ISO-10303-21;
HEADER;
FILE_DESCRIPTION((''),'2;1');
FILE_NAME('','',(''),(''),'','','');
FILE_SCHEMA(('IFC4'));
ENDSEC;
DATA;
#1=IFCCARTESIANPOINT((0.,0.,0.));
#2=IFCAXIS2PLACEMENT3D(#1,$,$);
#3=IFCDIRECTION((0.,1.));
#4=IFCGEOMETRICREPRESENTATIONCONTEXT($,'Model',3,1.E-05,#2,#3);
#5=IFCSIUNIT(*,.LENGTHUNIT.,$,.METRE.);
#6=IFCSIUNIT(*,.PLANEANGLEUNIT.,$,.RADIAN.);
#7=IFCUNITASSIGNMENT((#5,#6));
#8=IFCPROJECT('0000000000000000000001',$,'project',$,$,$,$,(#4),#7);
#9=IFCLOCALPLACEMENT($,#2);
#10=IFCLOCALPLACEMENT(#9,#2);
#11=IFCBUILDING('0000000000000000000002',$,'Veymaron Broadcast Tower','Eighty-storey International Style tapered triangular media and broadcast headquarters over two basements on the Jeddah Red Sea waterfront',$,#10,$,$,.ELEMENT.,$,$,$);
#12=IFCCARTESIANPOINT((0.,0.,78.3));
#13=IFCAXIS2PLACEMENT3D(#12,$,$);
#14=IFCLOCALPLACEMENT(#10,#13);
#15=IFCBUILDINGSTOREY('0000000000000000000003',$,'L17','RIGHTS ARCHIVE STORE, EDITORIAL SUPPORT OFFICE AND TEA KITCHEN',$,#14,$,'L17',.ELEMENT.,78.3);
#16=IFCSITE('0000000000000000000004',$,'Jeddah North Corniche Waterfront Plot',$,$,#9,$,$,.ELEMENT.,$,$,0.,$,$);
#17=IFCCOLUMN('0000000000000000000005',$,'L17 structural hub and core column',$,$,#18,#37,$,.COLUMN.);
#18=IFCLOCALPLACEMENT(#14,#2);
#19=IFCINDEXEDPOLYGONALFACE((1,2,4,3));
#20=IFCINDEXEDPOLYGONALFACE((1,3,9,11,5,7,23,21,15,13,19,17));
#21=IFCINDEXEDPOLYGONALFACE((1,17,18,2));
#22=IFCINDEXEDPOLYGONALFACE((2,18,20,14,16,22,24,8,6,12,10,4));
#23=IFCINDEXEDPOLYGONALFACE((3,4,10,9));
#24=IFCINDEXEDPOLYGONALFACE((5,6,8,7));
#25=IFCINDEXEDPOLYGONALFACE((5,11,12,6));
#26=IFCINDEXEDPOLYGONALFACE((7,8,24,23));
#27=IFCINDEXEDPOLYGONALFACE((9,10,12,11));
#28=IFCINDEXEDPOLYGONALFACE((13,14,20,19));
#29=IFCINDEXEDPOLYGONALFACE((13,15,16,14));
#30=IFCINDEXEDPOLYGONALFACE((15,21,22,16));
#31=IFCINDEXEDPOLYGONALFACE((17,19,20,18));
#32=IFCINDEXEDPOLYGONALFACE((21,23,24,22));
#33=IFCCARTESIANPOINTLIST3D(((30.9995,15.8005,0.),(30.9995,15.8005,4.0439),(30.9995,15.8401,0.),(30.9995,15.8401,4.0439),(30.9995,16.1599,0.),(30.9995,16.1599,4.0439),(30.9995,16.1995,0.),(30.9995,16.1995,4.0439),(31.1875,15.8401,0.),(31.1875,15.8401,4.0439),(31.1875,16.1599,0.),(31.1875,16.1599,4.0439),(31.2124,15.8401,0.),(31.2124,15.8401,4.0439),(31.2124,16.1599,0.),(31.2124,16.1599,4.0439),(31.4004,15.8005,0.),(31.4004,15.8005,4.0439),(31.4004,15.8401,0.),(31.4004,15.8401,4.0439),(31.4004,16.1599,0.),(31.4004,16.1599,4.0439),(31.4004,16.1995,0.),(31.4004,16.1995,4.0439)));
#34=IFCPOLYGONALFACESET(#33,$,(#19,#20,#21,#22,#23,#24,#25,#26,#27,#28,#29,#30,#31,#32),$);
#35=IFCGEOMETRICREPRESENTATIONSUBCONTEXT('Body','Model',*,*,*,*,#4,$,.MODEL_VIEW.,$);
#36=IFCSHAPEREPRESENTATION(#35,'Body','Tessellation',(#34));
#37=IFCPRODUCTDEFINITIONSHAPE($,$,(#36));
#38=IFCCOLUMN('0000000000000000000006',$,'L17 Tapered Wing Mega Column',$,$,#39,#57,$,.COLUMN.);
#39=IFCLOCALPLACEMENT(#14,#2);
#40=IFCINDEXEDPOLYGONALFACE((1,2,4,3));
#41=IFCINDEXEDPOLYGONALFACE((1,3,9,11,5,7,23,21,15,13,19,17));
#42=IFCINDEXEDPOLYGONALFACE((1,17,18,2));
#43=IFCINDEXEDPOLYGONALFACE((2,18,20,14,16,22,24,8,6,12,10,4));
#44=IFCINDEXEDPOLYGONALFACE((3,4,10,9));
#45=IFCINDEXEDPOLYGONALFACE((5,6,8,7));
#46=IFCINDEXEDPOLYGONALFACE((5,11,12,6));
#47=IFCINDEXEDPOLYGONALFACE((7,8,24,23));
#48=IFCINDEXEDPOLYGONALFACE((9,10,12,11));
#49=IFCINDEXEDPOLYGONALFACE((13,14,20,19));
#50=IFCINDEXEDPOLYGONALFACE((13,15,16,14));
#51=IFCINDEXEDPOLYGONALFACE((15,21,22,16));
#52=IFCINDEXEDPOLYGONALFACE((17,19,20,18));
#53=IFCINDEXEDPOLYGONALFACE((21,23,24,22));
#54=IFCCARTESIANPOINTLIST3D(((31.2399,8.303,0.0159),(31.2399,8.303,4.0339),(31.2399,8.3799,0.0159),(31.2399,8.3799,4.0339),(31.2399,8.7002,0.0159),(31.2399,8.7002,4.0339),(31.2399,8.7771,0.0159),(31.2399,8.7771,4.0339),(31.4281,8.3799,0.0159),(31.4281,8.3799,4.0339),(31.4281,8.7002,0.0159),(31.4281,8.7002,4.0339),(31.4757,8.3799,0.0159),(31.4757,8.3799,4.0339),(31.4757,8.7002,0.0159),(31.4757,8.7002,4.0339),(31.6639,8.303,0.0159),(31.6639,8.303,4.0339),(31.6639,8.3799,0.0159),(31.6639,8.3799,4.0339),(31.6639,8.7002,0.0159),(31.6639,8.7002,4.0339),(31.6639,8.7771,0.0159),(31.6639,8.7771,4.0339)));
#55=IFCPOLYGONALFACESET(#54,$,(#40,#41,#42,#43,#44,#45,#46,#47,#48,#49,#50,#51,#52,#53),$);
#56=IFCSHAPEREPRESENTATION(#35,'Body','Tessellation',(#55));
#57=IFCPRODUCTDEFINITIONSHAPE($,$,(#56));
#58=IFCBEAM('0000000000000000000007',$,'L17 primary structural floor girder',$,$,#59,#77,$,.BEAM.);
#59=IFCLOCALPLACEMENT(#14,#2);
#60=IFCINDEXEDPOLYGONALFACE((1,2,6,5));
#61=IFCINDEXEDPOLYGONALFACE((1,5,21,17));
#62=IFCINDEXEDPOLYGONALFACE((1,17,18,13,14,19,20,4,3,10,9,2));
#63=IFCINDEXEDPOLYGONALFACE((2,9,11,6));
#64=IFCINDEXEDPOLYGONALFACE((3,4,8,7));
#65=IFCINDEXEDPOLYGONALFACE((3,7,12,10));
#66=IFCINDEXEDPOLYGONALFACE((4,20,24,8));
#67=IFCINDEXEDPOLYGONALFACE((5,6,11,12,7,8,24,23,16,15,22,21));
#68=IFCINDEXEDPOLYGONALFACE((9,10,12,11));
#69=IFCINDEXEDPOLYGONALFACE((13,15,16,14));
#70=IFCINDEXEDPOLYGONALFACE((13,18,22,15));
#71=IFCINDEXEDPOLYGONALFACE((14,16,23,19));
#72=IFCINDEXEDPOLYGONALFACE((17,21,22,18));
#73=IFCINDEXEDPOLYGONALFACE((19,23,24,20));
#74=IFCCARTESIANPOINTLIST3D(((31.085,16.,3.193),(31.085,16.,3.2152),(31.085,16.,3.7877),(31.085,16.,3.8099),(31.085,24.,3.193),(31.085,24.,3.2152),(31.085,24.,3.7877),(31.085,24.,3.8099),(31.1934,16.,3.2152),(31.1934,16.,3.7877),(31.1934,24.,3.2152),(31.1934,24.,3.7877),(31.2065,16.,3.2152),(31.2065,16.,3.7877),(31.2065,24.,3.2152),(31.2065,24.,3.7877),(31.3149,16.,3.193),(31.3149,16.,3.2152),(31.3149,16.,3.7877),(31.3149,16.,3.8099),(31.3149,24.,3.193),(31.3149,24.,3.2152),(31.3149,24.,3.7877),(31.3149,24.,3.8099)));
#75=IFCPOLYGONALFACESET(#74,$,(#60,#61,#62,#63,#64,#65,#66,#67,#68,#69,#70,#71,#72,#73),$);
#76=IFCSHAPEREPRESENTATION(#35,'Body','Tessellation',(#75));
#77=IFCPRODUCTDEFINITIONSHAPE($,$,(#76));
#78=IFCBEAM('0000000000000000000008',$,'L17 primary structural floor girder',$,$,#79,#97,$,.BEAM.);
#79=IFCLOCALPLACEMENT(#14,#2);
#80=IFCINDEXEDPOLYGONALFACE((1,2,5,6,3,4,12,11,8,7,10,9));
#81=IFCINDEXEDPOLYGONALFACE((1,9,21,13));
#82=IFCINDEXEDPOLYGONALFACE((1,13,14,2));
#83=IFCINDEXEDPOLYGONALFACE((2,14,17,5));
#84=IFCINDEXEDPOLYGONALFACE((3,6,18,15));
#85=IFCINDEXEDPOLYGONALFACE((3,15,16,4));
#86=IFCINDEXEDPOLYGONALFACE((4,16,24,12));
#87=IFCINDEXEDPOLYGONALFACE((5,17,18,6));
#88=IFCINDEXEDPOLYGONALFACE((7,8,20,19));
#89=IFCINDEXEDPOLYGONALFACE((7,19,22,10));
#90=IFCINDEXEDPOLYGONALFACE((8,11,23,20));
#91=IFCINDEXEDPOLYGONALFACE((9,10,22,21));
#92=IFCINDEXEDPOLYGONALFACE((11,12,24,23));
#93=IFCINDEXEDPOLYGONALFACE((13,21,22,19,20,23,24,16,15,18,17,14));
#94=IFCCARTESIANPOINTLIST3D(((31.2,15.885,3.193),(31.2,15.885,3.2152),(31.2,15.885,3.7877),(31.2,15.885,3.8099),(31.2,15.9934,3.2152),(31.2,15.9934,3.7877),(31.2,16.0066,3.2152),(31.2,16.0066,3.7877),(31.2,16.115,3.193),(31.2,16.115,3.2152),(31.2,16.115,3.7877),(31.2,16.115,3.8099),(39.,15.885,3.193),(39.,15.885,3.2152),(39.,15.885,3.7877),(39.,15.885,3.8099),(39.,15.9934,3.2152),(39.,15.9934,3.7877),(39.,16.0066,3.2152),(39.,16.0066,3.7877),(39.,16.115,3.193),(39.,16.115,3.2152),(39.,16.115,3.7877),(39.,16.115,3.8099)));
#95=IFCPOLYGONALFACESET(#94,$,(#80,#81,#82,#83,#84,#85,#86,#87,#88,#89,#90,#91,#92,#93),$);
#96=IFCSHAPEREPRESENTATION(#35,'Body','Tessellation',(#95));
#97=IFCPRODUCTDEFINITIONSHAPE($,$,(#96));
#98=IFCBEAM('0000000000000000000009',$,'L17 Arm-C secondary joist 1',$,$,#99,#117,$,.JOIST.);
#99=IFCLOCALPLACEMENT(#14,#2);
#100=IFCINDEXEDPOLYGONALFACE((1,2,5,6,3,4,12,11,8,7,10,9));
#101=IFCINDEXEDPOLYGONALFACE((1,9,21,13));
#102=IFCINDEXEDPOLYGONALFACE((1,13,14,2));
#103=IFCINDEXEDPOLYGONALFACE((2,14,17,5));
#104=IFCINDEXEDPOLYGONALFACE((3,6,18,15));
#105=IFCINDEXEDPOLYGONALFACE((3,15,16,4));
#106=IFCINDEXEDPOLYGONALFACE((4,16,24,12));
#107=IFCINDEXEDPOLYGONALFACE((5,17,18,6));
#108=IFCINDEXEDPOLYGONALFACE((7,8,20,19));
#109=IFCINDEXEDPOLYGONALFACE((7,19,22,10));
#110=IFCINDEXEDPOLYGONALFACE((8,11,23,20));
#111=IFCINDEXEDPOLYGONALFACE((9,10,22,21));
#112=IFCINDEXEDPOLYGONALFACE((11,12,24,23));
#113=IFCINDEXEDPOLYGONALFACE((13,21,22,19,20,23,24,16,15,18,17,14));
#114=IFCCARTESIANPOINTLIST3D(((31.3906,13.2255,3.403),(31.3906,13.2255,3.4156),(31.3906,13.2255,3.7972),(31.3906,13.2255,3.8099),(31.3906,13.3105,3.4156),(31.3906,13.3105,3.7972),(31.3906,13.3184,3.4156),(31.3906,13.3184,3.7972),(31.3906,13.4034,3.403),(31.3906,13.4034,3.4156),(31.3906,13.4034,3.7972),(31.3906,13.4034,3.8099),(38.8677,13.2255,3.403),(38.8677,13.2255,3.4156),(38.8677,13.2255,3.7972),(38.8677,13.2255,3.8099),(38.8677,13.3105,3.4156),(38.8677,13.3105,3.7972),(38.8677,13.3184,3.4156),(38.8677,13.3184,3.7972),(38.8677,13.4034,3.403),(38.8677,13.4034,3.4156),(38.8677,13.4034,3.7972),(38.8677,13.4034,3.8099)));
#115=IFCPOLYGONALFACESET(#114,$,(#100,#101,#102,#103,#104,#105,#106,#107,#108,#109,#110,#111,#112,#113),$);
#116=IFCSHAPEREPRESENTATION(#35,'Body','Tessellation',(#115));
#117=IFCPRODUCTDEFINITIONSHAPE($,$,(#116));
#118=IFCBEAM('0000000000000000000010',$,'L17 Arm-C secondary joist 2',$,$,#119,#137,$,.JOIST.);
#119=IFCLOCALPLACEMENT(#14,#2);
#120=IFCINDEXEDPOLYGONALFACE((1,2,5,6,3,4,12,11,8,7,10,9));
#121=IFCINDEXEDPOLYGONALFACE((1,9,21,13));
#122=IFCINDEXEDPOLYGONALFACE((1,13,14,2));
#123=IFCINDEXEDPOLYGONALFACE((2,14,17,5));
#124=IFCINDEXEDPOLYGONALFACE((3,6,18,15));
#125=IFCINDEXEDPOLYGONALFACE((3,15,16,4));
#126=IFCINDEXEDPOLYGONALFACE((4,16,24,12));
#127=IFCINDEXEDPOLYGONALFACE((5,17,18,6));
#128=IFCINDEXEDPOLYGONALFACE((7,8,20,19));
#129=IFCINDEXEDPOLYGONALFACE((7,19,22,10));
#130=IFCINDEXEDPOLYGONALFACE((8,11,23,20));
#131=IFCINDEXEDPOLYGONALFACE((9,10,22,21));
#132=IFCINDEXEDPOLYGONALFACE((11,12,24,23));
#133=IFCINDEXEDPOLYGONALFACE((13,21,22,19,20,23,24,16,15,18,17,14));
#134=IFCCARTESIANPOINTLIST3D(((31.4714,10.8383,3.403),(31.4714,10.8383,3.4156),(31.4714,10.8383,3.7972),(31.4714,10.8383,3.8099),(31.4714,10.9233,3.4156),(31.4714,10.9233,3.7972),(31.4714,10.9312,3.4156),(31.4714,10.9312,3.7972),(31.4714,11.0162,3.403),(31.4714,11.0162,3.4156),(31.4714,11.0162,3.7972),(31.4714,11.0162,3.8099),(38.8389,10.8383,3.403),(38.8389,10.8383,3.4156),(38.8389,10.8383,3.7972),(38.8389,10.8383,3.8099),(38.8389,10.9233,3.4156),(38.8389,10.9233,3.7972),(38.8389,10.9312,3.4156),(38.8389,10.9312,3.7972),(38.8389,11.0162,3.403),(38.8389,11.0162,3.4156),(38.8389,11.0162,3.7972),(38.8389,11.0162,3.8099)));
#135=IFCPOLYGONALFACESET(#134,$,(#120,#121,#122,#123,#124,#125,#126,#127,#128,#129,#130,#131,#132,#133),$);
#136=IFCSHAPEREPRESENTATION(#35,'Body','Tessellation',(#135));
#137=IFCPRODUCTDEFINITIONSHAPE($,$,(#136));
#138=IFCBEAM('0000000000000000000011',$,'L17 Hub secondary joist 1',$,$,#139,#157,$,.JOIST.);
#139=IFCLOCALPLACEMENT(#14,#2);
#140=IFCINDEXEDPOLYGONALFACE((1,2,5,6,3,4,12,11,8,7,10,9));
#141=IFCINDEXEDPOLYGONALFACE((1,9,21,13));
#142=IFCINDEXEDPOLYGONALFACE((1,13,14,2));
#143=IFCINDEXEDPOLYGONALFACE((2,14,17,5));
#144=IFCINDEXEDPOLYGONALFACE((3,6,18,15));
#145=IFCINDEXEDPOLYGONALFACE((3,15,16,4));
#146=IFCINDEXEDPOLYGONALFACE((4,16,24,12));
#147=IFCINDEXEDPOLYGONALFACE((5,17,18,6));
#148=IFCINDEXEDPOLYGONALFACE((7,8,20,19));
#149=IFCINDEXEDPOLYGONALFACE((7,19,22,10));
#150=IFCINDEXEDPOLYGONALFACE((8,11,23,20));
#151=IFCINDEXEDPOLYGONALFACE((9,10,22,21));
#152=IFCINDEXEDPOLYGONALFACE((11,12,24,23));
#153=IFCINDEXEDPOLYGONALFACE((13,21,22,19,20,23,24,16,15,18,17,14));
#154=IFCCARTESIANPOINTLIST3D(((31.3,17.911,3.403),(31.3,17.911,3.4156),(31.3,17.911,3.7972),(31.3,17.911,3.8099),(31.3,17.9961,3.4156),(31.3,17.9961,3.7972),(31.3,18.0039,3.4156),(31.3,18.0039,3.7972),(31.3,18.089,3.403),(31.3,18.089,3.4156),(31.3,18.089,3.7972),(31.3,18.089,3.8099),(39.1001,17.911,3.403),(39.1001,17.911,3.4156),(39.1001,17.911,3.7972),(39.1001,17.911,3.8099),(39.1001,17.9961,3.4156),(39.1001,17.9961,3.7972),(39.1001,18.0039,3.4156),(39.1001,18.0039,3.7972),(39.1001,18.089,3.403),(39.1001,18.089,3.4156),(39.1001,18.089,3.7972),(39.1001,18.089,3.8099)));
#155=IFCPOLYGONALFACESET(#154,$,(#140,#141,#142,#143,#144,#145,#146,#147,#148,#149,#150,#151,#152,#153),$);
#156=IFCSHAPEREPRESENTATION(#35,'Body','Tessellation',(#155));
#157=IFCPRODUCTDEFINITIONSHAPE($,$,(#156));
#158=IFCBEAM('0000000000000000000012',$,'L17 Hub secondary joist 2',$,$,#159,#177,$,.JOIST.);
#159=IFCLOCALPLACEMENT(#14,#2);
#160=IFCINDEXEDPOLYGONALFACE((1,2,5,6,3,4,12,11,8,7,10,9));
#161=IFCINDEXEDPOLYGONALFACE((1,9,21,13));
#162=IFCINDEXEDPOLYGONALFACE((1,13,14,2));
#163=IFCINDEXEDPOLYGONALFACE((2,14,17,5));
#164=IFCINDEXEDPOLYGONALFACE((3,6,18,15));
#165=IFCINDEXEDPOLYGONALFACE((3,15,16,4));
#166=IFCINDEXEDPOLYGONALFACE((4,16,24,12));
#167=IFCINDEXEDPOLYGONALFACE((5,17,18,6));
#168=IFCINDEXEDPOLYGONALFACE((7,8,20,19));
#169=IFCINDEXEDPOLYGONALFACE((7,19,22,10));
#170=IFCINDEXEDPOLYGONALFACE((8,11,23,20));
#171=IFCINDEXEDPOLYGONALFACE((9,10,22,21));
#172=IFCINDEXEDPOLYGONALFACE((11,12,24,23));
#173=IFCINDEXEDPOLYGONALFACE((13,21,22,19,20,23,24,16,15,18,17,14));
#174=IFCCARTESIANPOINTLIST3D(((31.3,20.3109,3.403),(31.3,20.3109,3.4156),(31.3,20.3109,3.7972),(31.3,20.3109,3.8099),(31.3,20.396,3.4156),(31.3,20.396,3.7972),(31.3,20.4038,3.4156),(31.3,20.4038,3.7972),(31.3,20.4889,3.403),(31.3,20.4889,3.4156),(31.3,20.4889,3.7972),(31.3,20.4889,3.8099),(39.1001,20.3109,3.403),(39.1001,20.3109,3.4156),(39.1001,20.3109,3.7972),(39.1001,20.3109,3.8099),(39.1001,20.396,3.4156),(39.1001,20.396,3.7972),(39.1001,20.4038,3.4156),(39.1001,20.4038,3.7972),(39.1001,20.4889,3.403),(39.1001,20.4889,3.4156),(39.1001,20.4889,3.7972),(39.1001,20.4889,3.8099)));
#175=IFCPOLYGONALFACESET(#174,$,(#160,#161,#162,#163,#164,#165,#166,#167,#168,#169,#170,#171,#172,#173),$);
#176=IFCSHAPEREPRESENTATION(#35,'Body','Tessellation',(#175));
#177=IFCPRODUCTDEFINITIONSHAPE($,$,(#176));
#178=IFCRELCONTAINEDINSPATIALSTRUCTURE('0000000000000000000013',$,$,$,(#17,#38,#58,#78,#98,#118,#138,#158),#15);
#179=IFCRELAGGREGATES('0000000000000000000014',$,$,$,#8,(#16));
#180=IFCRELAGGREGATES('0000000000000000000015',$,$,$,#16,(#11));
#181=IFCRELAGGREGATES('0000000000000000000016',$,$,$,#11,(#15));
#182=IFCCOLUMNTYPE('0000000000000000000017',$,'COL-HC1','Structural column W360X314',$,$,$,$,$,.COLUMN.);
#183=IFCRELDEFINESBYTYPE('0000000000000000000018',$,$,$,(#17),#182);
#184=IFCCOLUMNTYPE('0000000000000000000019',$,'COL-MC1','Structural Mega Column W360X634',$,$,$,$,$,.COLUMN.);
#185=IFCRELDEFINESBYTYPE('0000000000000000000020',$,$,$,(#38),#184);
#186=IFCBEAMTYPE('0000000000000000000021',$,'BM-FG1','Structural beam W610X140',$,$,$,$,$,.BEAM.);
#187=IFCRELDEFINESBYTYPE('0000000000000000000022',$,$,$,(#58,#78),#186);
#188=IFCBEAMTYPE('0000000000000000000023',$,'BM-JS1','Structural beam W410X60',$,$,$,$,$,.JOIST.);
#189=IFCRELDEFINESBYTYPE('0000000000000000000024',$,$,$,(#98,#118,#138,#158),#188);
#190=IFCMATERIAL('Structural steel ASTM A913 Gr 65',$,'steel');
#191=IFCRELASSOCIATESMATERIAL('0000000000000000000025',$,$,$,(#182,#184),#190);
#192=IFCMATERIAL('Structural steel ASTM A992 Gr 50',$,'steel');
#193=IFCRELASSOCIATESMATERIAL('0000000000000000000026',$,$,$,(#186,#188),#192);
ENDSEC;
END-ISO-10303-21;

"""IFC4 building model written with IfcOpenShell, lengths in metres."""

from ifc_helpers import new_model, si_unit, direction, frame, origin, origin_2d, place, context, subcontext, project, spatial, i_section, extrude, material, material_profile, profile_set, type_object, element, save


model = new_model("IFC4")

# Units and contexts
model_context = context("Model", 3, precision=1e-05, world=origin(), true_north=direction((0.0, 1.0)))
body_context = subcontext(model_context, "Body", "Model", "MODEL_VIEW")
ifc_project = project(units=[si_unit("LENGTHUNIT", "METRE"), si_unit("PLANEANGLEUNIT", "RADIAN")], contexts=[model_context])

# Site, building, storey
site_placement = place(None, origin())
site = spatial("IfcSite", under=ifc_project, at=site_placement, Name="Jeddah North Corniche Waterfront Plot", CompositionType="ELEMENT", RefElevation=0.0)
building_placement = place(site_placement, origin())
building = spatial("IfcBuilding", under=site, at=building_placement, Name="Veymaron Broadcast Tower", Description="Eighty-storey International Style tapered triangular media and broadcast headquarters over two basements on the Jeddah Red Sea waterfront", CompositionType="ELEMENT")
storey_placement = place(building_placement, frame((0.0, 0.0, 78.3)))
storey = spatial("IfcBuildingStorey", under=building, at=storey_placement, Name="L17", Description="RIGHTS ARCHIVE STORE, EDITORIAL SUPPORT OFFICE AND TEA KITCHEN", LongName="L17", CompositionType="ELEMENT", Elevation=78.3)

# Columns
ifc_material_1 = material(Name="Structural steel ASTM A913 Gr 65", Category="steel")
ifc_material_profile_1 = material_profile(ifc_material_1, i_section(OverallWidth=0.4009, OverallDepth=0.3989, WebThickness=0.0249, FlangeThickness=0.0396, at=origin_2d()), Name="W360X314")
ifc_profile_set_1 = profile_set([ifc_material_profile_1], Name="Structural steel ASTM A913 Gr 65")
column_type_1 = type_object("IfcColumnType", Name="COL-HC1", Description="Structural column W360X314", PredefinedType="COLUMN", material=ifc_profile_set_1)
column_1_placement = place(storey_placement, frame((31.2, 16.0, 0.0), z_axis=(0.0, 0.0, 1.0), x_axis=(1.0, 0.0, 0.0)))
element("IfcColumn", 1, at=column_1_placement, inside=storey, type_object=column_type_1, Name="L17 structural hub and core column", PredefinedType="COLUMN", context=body_context, shape_type="SweptSolid", body=[
    extrude(i_section(OverallWidth=0.4009, OverallDepth=0.3989, WebThickness=0.0249, FlangeThickness=0.0396, at=origin_2d()), origin(), (0.0, 0.0, 1.0), 4.0439),
])
ifc_material_profile_2 = material_profile(ifc_material_1, i_section(OverallWidth=0.4241, OverallDepth=0.4741, WebThickness=0.0476, FlangeThickness=0.0769, at=origin_2d()), Name="W360X634")
ifc_profile_set_2 = profile_set([ifc_material_profile_2], Name="Structural steel ASTM A913 Gr 65")
column_type_2 = type_object("IfcColumnType", Name="COL-MC1", Description="Structural Mega Column W360X634", PredefinedType="COLUMN", material=ifc_profile_set_2)
column_2_placement = place(storey_placement, frame((31.4519, 8.54, 0.0159), z_axis=(0.0, 0.0, 1.0), x_axis=(1.0, 0.0, 0.0)))
element("IfcColumn", 2, at=column_2_placement, inside=storey, type_object=column_type_2, Name="L17 Tapered Wing Mega Column", PredefinedType="COLUMN", context=body_context, shape_type="SweptSolid", body=[
    extrude(i_section(OverallWidth=0.4241, OverallDepth=0.4741, WebThickness=0.0476, FlangeThickness=0.0769, at=origin_2d()), origin(), (0.0, 0.0, 1.0), 4.0181),
])

# Beams
ifc_material_2 = material(Name="Structural steel ASTM A992 Gr 50", Category="steel")
ifc_material_profile_3 = material_profile(ifc_material_2, i_section(OverallWidth=0.23, OverallDepth=0.6169, WebThickness=0.0132, FlangeThickness=0.0222, at=origin_2d()), Name="W610X140")
ifc_profile_set_3 = profile_set([ifc_material_profile_3], Name="Structural steel ASTM A992 Gr 50")
beam_type_1 = type_object("IfcBeamType", Name="BM-FG1", Description="Structural beam W610X140", PredefinedType="BEAM", material=ifc_profile_set_3)
beam_1_placement = place(storey_placement, frame((31.2, 16.0, 3.5015), z_axis=(0.0, 1.0, 0.0), x_axis=(-1.0, 0.0, 0.0)))
element("IfcBeam", 3, at=beam_1_placement, inside=storey, type_object=beam_type_1, Name="L17 primary structural floor girder", PredefinedType="BEAM", context=body_context, shape_type="SweptSolid", body=[
    extrude(i_section(OverallWidth=0.23, OverallDepth=0.6169, WebThickness=0.0132, FlangeThickness=0.0222, at=origin_2d()), origin(), (0.0, 0.0, 1.0), 8.0),
])
beam_2_placement = place(storey_placement, frame((31.2, 16.0, 3.5015), z_axis=(1.0, 0.0, 0.0), x_axis=(0.0, 1.0, 0.0)))
element("IfcBeam", 4, at=beam_2_placement, inside=storey, type_object=beam_type_1, Name="L17 primary structural floor girder", PredefinedType="BEAM", context=body_context, shape_type="SweptSolid", body=[
    extrude(i_section(OverallWidth=0.23, OverallDepth=0.6169, WebThickness=0.0132, FlangeThickness=0.0222, at=origin_2d()), origin(), (0.0, 0.0, 1.0), 7.8),
])
ifc_material_profile_4 = material_profile(ifc_material_2, i_section(OverallWidth=0.178, OverallDepth=0.407, WebThickness=0.0078, FlangeThickness=0.0127, at=origin_2d()), Name="W410X60")
ifc_profile_set_4 = profile_set([ifc_material_profile_4], Name="Structural steel ASTM A992 Gr 50")
beam_type_2 = type_object("IfcBeamType", Name="BM-JS1", Description="Structural beam W410X60", PredefinedType="JOIST", material=ifc_profile_set_4)
beam_3_placement = place(storey_placement, frame((31.3906, 13.3145, 3.6064), z_axis=(1.0, 0.0, 0.0), x_axis=(0.0, 1.0, 0.0)))
element("IfcBeam", 5, at=beam_3_placement, inside=storey, type_object=beam_type_2, Name="L17 Arm-C secondary joist 1", PredefinedType="JOIST", context=body_context, shape_type="SweptSolid", body=[
    extrude(i_section(OverallWidth=0.178, OverallDepth=0.407, WebThickness=0.0078, FlangeThickness=0.0127, at=origin_2d()), origin(), (0.0, 0.0, 1.0), 7.4771),
])
beam_4_placement = place(storey_placement, frame((31.4714, 10.9272, 3.6064), z_axis=(1.0, 0.0, 0.0), x_axis=(0.0, 1.0, 0.0)))
element("IfcBeam", 6, at=beam_4_placement, inside=storey, type_object=beam_type_2, Name="L17 Arm-C secondary joist 2", PredefinedType="JOIST", context=body_context, shape_type="SweptSolid", body=[
    extrude(i_section(OverallWidth=0.178, OverallDepth=0.407, WebThickness=0.0078, FlangeThickness=0.0127, at=origin_2d()), origin(), (0.0, 0.0, 1.0), 7.3674),
])
for number, where, z_axis, x_axis, name in (
    (7, (31.3, 18.0, 3.6064), (1.0, 0.0, 0.0), (0.0, 1.0, 0.0), "L17 Hub secondary joist 1"),
    (8, (31.3, 20.3999, 3.6064), (1.0, 0.0, 0.0), (0.0, 1.0, 0.0), "L17 Hub secondary joist 2"),
):
    element("IfcBeam", number, at=place(storey_placement, frame(where, z_axis=z_axis, x_axis=x_axis)), inside=storey, type_object=beam_type_2, Name=name, PredefinedType="JOIST", context=body_context, shape_type="SweptSolid", body=[
        extrude(i_section(OverallWidth=0.178, OverallDepth=0.407, WebThickness=0.0078, FlangeThickness=0.0127, at=origin_2d()), origin(), (0.0, 0.0, 1.0), 7.8),
    ])

save(model, "model.ifc")
